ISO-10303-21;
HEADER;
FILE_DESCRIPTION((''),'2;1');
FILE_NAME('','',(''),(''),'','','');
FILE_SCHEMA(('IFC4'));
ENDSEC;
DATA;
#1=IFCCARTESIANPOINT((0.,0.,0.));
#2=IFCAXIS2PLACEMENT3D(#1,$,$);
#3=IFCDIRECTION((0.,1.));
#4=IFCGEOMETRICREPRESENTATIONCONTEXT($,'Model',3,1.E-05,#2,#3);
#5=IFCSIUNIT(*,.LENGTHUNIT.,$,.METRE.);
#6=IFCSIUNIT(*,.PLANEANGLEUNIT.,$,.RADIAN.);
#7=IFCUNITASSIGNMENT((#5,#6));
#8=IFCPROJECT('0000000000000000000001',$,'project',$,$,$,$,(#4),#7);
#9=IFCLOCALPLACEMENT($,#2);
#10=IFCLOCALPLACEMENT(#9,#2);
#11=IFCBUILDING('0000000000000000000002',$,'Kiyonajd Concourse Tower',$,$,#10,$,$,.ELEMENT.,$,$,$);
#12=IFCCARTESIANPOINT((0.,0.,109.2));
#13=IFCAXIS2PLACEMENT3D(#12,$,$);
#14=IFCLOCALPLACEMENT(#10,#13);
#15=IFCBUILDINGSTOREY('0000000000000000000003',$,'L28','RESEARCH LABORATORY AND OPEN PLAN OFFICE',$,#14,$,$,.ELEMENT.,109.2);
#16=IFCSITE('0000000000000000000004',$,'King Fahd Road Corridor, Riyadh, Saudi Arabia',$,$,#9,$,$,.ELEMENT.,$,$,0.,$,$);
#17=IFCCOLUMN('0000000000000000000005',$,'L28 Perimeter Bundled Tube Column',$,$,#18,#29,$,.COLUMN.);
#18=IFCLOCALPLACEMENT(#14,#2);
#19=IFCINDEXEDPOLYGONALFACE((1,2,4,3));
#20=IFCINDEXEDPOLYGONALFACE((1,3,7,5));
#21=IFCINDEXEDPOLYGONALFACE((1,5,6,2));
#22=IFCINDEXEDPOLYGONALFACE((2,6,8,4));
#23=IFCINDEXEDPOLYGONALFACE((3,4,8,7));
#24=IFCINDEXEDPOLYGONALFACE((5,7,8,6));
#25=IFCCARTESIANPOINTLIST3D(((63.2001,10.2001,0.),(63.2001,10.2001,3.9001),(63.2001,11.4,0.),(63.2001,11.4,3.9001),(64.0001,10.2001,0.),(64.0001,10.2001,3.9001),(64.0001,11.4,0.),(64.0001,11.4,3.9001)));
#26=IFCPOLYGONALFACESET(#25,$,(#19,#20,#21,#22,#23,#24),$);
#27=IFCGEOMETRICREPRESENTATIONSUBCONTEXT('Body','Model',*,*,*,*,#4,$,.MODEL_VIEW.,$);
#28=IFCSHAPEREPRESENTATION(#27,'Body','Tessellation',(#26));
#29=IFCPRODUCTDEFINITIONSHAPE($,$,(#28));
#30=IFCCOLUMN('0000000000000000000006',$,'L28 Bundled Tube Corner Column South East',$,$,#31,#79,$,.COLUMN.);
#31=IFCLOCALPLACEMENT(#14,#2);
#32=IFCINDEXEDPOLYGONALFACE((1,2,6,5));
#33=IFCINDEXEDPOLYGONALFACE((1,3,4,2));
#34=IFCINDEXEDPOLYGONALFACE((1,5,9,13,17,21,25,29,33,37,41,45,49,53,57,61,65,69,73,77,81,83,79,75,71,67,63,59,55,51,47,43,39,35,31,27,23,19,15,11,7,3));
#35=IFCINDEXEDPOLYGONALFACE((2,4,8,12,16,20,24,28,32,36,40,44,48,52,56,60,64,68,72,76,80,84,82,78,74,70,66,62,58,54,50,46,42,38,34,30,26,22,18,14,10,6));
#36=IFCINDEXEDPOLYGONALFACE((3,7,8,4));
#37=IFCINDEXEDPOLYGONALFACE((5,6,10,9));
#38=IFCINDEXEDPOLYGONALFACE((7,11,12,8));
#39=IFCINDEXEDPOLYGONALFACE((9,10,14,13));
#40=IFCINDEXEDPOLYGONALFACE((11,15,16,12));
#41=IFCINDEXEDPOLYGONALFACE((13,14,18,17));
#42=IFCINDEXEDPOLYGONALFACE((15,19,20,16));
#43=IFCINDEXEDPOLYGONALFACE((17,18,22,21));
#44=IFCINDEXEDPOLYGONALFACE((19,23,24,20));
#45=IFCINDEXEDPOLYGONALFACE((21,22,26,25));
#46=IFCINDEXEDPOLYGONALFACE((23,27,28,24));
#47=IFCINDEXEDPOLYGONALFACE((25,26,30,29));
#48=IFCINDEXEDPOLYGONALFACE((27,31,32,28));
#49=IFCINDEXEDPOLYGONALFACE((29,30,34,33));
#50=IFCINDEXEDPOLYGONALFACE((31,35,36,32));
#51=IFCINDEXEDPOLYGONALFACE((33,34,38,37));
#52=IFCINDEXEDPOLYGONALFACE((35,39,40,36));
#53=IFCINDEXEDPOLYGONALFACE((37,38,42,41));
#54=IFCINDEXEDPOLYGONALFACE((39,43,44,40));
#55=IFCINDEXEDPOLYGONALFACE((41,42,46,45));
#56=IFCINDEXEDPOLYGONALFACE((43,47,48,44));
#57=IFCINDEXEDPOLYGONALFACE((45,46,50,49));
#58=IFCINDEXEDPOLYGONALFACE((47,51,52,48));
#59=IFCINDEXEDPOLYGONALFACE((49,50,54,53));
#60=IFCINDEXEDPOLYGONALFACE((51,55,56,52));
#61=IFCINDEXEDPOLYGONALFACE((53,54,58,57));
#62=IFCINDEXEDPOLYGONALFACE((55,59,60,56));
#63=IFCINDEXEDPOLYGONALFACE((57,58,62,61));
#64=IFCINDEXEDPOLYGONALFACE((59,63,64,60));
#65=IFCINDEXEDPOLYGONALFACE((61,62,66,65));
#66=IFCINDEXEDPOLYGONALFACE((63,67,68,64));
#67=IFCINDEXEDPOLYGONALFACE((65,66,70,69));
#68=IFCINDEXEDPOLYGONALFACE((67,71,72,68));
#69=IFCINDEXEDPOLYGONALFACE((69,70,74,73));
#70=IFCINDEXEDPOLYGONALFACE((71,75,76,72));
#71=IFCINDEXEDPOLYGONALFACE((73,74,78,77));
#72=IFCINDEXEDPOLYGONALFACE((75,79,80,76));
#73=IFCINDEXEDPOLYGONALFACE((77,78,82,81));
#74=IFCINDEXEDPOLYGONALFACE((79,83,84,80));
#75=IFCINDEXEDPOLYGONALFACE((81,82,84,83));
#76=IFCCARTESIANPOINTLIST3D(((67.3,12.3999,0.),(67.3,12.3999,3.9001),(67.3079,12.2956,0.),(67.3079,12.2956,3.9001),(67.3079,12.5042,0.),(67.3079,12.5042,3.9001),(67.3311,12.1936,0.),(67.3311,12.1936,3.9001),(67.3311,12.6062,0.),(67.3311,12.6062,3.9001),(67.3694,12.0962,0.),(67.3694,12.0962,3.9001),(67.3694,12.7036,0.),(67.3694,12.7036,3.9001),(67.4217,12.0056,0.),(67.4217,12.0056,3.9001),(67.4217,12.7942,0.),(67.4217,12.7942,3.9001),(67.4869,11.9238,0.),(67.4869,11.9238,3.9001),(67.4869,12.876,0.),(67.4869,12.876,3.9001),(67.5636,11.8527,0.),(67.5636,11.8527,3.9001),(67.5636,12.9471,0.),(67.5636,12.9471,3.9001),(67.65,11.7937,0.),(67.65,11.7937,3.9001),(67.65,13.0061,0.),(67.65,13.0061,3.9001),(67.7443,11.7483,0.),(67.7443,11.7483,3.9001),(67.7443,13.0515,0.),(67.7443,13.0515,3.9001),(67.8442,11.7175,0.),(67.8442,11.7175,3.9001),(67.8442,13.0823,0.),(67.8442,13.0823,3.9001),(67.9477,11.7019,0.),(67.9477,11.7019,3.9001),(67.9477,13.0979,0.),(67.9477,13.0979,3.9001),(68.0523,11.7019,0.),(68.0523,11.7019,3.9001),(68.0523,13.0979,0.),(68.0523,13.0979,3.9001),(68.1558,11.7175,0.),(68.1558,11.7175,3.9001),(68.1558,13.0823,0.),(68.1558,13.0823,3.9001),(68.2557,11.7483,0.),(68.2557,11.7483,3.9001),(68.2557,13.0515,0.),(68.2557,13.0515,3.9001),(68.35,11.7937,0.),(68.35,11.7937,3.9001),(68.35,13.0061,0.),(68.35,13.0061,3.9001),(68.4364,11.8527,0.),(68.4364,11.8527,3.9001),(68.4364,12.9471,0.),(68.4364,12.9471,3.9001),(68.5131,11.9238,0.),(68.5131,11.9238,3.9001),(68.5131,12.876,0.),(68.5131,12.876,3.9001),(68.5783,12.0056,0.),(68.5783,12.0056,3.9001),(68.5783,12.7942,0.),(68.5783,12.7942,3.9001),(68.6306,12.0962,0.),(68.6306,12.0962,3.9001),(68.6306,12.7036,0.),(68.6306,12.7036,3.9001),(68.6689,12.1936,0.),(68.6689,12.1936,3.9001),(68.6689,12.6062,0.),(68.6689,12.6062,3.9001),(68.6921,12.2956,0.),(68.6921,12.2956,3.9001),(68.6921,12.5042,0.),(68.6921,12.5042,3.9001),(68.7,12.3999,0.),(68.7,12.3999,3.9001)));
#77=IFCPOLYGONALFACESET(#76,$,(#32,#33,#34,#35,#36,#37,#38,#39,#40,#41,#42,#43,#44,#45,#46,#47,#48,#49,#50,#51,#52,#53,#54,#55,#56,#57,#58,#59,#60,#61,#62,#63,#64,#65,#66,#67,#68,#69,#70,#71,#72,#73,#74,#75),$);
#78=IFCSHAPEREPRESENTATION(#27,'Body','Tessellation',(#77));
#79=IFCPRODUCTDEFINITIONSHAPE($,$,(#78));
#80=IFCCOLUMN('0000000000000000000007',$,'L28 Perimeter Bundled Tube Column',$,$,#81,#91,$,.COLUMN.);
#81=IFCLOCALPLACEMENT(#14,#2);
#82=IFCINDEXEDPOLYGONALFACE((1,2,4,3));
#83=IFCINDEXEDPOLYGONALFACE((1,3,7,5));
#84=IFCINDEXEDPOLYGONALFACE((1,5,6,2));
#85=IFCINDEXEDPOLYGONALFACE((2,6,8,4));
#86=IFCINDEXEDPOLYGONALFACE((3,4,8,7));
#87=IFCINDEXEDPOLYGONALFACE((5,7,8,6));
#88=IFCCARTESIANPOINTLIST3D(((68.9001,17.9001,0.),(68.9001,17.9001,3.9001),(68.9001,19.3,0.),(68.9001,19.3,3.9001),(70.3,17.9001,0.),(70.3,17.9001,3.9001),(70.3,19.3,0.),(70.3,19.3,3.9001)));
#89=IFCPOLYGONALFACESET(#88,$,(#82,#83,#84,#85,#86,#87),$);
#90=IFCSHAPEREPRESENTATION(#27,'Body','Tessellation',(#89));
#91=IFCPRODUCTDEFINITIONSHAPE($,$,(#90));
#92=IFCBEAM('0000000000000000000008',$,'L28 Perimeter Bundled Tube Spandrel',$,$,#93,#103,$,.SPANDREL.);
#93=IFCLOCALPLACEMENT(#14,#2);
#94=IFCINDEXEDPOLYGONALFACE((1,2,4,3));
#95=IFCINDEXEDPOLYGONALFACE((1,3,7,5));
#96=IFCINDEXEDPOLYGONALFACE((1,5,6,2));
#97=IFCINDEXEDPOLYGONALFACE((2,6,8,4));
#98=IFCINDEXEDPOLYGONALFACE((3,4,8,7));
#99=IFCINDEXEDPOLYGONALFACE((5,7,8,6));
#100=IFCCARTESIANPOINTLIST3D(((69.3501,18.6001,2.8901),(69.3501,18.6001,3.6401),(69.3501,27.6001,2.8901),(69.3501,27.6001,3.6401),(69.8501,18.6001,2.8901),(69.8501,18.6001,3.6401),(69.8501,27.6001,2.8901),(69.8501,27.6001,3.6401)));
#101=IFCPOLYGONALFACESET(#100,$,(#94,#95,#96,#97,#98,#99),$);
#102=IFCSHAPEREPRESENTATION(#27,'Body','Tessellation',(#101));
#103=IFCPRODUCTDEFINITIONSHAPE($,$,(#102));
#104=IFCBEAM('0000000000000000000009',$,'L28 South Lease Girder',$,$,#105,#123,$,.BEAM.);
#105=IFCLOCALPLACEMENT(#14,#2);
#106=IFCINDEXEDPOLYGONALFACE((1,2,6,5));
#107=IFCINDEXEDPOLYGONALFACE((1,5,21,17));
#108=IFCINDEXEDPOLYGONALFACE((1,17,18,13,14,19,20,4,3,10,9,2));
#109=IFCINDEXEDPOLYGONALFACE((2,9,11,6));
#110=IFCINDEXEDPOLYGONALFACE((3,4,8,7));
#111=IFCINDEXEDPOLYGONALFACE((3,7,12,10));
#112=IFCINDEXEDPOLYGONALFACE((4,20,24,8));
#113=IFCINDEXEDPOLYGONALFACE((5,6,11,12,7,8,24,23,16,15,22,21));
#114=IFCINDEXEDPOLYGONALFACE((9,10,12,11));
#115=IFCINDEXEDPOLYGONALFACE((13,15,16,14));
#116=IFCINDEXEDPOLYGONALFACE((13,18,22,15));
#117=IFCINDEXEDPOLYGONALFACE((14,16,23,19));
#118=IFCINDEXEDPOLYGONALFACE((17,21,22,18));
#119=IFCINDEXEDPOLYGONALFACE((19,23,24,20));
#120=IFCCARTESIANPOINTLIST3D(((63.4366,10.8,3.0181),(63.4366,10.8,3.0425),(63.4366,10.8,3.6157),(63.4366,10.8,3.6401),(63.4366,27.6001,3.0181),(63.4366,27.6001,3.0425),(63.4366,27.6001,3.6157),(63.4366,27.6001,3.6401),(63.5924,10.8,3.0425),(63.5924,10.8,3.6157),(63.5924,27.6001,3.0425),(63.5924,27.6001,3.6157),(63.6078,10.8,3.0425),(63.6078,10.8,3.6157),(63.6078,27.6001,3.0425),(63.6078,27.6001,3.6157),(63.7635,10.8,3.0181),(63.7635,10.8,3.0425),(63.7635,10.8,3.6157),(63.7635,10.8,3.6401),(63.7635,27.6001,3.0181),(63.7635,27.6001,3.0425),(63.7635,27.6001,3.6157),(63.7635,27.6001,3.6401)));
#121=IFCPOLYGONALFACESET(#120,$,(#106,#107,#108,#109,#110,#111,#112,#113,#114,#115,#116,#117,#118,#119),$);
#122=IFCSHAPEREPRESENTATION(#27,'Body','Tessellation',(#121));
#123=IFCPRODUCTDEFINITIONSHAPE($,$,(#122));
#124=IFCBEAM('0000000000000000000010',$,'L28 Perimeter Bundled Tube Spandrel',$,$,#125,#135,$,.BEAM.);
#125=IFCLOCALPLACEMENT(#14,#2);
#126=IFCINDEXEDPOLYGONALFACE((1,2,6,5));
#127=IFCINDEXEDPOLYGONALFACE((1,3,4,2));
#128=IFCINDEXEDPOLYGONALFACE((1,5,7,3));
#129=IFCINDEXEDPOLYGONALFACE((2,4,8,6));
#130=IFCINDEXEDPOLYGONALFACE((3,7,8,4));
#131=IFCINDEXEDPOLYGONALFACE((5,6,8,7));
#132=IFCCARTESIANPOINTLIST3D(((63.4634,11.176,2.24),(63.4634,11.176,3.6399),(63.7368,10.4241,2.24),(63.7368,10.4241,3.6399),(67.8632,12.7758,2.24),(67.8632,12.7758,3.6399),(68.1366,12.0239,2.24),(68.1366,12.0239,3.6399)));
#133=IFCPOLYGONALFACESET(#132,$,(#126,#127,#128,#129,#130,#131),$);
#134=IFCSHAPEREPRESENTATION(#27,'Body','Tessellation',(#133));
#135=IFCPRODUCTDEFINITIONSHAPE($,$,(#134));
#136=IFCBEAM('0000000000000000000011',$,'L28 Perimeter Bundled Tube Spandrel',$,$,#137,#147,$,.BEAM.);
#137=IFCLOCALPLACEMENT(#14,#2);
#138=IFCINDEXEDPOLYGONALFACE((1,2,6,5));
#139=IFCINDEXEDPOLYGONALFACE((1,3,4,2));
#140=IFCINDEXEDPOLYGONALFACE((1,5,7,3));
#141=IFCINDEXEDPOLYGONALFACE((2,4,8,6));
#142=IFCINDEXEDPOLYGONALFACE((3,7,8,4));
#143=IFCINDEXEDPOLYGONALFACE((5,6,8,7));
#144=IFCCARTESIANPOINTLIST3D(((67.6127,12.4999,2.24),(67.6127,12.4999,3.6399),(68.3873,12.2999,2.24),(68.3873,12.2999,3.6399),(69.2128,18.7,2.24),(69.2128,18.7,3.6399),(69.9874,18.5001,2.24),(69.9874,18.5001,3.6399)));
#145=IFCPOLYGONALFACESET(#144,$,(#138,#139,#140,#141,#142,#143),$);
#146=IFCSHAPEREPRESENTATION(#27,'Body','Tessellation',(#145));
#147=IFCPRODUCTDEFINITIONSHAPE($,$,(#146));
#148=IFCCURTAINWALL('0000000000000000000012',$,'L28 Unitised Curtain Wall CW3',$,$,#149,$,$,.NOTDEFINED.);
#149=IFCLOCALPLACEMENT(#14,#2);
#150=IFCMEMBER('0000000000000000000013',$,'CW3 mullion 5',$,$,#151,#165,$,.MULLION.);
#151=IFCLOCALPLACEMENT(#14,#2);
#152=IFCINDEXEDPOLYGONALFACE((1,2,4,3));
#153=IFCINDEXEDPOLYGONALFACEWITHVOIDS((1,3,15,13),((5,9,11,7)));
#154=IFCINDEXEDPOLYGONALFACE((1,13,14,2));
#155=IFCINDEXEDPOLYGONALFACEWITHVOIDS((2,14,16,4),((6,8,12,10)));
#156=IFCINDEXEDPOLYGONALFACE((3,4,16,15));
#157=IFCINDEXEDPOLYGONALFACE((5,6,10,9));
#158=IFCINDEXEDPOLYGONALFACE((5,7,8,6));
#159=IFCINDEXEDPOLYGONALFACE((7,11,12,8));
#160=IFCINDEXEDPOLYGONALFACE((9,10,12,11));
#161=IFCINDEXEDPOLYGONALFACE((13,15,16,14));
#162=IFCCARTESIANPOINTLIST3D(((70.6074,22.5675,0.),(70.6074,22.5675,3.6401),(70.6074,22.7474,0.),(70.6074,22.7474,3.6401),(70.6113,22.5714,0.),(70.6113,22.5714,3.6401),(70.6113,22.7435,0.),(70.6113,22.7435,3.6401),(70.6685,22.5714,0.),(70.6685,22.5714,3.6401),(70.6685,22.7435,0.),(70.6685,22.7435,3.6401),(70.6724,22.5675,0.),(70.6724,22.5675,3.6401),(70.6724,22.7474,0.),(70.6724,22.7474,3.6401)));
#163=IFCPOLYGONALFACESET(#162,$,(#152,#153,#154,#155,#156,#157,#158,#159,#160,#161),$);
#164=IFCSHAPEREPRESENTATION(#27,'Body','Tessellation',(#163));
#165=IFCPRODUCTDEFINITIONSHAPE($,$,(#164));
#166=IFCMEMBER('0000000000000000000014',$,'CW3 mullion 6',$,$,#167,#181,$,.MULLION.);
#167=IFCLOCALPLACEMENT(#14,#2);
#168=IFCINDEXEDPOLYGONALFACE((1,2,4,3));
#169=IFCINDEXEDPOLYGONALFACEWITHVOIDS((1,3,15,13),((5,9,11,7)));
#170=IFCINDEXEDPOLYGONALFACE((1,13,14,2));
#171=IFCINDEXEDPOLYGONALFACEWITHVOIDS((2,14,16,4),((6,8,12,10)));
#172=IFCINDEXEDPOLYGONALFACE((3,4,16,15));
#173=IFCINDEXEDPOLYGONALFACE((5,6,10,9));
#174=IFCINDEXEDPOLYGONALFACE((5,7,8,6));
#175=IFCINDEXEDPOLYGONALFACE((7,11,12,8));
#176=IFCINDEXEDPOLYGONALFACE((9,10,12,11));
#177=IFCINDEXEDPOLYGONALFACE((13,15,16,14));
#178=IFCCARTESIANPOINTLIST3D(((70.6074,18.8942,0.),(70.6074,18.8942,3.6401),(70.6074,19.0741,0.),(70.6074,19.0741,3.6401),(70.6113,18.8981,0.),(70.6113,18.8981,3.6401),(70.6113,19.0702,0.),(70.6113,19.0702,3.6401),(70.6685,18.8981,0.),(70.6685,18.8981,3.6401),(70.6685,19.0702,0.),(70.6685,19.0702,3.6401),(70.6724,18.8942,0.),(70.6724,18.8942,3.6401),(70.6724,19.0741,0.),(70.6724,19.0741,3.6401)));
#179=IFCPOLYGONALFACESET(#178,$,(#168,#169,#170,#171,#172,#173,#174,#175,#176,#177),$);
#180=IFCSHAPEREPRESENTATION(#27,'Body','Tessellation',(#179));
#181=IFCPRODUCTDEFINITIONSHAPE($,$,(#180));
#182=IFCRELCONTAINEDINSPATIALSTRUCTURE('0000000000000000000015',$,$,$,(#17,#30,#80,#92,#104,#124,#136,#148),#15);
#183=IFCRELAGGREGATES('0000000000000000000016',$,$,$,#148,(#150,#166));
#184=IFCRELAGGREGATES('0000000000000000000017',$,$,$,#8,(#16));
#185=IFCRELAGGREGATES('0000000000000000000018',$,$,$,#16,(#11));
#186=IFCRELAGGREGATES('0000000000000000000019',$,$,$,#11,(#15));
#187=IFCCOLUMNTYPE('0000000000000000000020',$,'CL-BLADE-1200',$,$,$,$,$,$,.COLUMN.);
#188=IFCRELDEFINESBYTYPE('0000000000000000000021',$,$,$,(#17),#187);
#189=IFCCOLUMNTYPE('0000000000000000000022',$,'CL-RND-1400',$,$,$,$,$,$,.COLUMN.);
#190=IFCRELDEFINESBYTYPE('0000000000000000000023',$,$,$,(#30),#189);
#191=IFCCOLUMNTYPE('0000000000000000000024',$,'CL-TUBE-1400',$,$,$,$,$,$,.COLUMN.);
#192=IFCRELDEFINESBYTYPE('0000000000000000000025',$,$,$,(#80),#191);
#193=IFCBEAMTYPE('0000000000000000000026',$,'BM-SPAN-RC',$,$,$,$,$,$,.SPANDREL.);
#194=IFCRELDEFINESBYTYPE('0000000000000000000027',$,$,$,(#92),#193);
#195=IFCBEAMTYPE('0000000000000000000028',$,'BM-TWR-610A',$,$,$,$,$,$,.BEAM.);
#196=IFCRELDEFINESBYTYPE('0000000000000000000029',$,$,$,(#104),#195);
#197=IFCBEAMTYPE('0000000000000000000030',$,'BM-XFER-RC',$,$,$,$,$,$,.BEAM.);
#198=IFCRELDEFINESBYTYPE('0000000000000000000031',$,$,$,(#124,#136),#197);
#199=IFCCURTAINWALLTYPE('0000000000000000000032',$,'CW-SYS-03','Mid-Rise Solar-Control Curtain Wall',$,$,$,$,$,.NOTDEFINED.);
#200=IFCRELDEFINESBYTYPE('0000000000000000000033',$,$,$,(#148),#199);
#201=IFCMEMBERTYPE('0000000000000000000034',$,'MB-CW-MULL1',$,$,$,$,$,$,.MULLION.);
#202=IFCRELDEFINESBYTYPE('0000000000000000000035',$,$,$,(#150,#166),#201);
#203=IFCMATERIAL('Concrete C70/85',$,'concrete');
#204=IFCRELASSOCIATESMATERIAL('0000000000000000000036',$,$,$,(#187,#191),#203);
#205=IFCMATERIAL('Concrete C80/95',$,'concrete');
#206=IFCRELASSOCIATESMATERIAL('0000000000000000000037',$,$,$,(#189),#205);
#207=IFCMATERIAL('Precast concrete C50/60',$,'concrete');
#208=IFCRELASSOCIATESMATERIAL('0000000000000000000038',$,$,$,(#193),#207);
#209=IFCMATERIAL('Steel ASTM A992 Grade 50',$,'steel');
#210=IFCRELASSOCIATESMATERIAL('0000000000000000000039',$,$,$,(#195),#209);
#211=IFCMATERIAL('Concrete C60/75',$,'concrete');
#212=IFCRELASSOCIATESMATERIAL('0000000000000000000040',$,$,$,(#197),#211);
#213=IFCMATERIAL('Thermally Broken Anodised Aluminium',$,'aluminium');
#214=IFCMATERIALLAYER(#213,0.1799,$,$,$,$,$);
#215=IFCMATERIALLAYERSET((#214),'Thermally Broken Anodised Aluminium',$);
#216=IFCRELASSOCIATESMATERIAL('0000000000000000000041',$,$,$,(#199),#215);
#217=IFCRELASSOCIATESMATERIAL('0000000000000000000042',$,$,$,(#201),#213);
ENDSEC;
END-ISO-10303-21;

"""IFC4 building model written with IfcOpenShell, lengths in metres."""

from ifc_helpers import new_model, si_unit, direction, frame, origin, origin_2d, place, context, subcontext, project, spatial, rectangle, hollow_rectangle, circle, i_section, extrude, material, layer, layer_set, material_profile, profile_set, type_object, element, aggregate, save


model = new_model("IFC4")

# Units and contexts
model_context = context("Model", 3, precision=1e-05, world=origin(), true_north=direction((0.0, 1.0)))
body_context = subcontext(model_context, "Body", "Model", "MODEL_VIEW")
ifc_project = project(units=[si_unit("LENGTHUNIT", "METRE"), si_unit("PLANEANGLEUNIT", "RADIAN")], contexts=[model_context])

# Site, building, storey
site_placement = place(None, origin())
site = spatial("IfcSite", under=ifc_project, at=site_placement, Name="King Fahd Road Corridor, Riyadh, Saudi Arabia", CompositionType="ELEMENT", RefElevation=0.0)
building_placement = place(site_placement, origin())
building = spatial("IfcBuilding", under=site, at=building_placement, Name="Kiyonajd Concourse Tower", CompositionType="ELEMENT")
storey_placement = place(building_placement, frame((0.0, 0.0, 109.2)))
storey = spatial("IfcBuildingStorey", under=building, at=storey_placement, Name="L28", Description="RESEARCH LABORATORY AND OPEN PLAN OFFICE", CompositionType="ELEMENT", Elevation=109.2)

# Columns
ifc_material_1 = material(Name="Concrete C70/85", Category="concrete")
ifc_material_profile_1 = material_profile(ifc_material_1, rectangle(XDim=0.8, YDim=1.2, at=origin_2d()), Name="RC-1200x800")
ifc_profile_set_1 = profile_set([ifc_material_profile_1], Name="Concrete C70/85")
column_type_1 = type_object("IfcColumnType", Name="CL-BLADE-1200", PredefinedType="COLUMN", material=ifc_profile_set_1)
column_1_placement = place(storey_placement, frame((63.6001, 10.8, 0.0), z_axis=(0.0, 0.0, 1.0), x_axis=(1.0, 0.0, 0.0)))
element("IfcColumn", 1, at=column_1_placement, inside=storey, type_object=column_type_1, Name="L28 Perimeter Bundled Tube Column", PredefinedType="COLUMN", context=body_context, shape_type="SweptSolid", body=[
    extrude(rectangle(XDim=0.8, YDim=1.2, at=origin_2d()), origin(), (0.0, 0.0, 1.0), 3.9001),
])
ifc_material_2 = material(Name="Concrete C80/95", Category="concrete")
ifc_material_profile_2 = material_profile(ifc_material_2, circle(Radius=0.7, at=origin_2d()), Name="RCC-D1400")
ifc_profile_set_2 = profile_set([ifc_material_profile_2], Name="Concrete C80/95")
column_type_2 = type_object("IfcColumnType", Name="CL-RND-1400", PredefinedType="COLUMN", material=ifc_profile_set_2)
column_2_placement = place(storey_placement, frame((68.0, 12.3999, 0.0), z_axis=(0.0, 0.0, 1.0), x_axis=(1.0, 0.0, 0.0)))
element("IfcColumn", 2, at=column_2_placement, inside=storey, type_object=column_type_2, Name="L28 Bundled Tube Corner Column South East", PredefinedType="COLUMN", context=body_context, shape_type="SweptSolid", body=[
    extrude(circle(Radius=0.7, at=origin_2d()), origin(), (0.0, 0.0, 1.0), 3.9001),
])
ifc_material_profile_3 = material_profile(ifc_material_1, rectangle(XDim=1.3999, YDim=1.3999, at=origin_2d()), Name="RC-1400x1400")
ifc_profile_set_3 = profile_set([ifc_material_profile_3], Name="Concrete C70/85")
column_type_3 = type_object("IfcColumnType", Name="CL-TUBE-1400", PredefinedType="COLUMN", material=ifc_profile_set_3)
column_3_placement = place(storey_placement, frame((69.6001, 18.6001, 0.0), z_axis=(0.0, 0.0, 1.0), x_axis=(1.0, 0.0, 0.0)))
element("IfcColumn", 3, at=column_3_placement, inside=storey, type_object=column_type_3, Name="L28 Perimeter Bundled Tube Column", PredefinedType="COLUMN", context=body_context, shape_type="SweptSolid", body=[
    extrude(rectangle(XDim=1.3999, YDim=1.3999, at=origin_2d()), origin(), (0.0, 0.0, 1.0), 3.9001),
])

# Beams
ifc_material_3 = material(Name="Precast concrete C50/60", Category="concrete")
ifc_material_profile_4 = material_profile(ifc_material_3, rectangle(XDim=0.5, YDim=0.75, at=origin_2d()), Name="RCBM-500x750")
ifc_profile_set_4 = profile_set([ifc_material_profile_4], Name="Precast concrete C50/60")
beam_type_1 = type_object("IfcBeamType", Name="BM-SPAN-RC", PredefinedType="SPANDREL", material=ifc_profile_set_4)
beam_1_placement = place(storey_placement, frame((69.6001, 18.6001, 3.2651), z_axis=(0.0, 1.0, 0.0), x_axis=(-1.0, 0.0, 0.0)))
element("IfcBeam", 4, at=beam_1_placement, inside=storey, type_object=beam_type_1, Name="L28 Perimeter Bundled Tube Spandrel", PredefinedType="SPANDREL", context=body_context, shape_type="SweptSolid", body=[
    extrude(rectangle(XDim=0.5, YDim=0.75, at=origin_2d()), origin(), (0.0, 0.0, 1.0), 9.0),
])
ifc_material_4 = material(Name="Steel ASTM A992 Grade 50", Category="steel")
ifc_material_profile_5 = material_profile(ifc_material_4, i_section(OverallWidth=0.3269, OverallDepth=0.6221, WebThickness=0.0154, FlangeThickness=0.0244, at=origin_2d()), Name="W610X195")
ifc_profile_set_5 = profile_set([ifc_material_profile_5], Name="Steel ASTM A992 Grade 50")
beam_type_2 = type_object("IfcBeamType", Name="BM-TWR-610A", PredefinedType="BEAM", material=ifc_profile_set_5)
beam_2_placement = place(storey_placement, frame((63.6001, 10.8, 3.3291), z_axis=(0.0, 1.0, 0.0), x_axis=(-1.0, 0.0, 0.0)))
element("IfcBeam", 5, at=beam_2_placement, inside=storey, type_object=beam_type_2, Name="L28 South Lease Girder", PredefinedType="BEAM", context=body_context, shape_type="SweptSolid", body=[
    extrude(i_section(OverallWidth=0.3269, OverallDepth=0.6221, WebThickness=0.0154, FlangeThickness=0.0244, at=origin_2d()), origin(), (0.0, 0.0, 1.0), 16.8),
])
ifc_material_5 = material(Name="Concrete C60/75", Category="concrete")
ifc_material_profile_6 = material_profile(ifc_material_5, rectangle(XDim=0.8, YDim=1.3999, at=origin_2d()), Name="RCBM-800x1400")
ifc_profile_set_6 = profile_set([ifc_material_profile_6], Name="Concrete C60/75")
beam_type_3 = type_object("IfcBeamType", Name="BM-XFER-RC", PredefinedType="BEAM", material=ifc_profile_set_6)
beam_3_placement = place(storey_placement, frame((63.6001, 10.8, 2.9399), z_axis=(0.939801, 0.341722, 0.0), x_axis=(-0.341722, 0.939801, 0.0)))
element("IfcBeam", 6, at=beam_3_placement, inside=storey, type_object=beam_type_3, Name="L28 Perimeter Bundled Tube Spandrel", PredefinedType="BEAM", context=body_context, shape_type="SweptSolid", body=[
    extrude(rectangle(XDim=0.8, YDim=1.3999, at=origin_2d()), origin(), (0.0, 0.0, 1.0), 4.6816),
])
beam_4_placement = place(storey_placement, frame((68.0, 12.3999, 2.9399), z_axis=(0.249885, 0.968276, 0.0), x_axis=(-0.968276, 0.249885, 0.0)))
element("IfcBeam", 7, at=beam_4_placement, inside=storey, type_object=beam_type_3, Name="L28 Perimeter Bundled Tube Spandrel", PredefinedType="BEAM", context=body_context, shape_type="SweptSolid", body=[
    extrude(rectangle(XDim=0.8, YDim=1.3999, at=origin_2d()), origin(), (0.0, 0.0, 1.0), 6.4033),
])

# Curtain wall, members
ifc_material_6 = material(Name="Thermally Broken Anodised Aluminium", Category="aluminium")
ifc_layer_1 = layer(ifc_material_6, 0.1799)
ifc_layer_set_1 = layer_set([ifc_layer_1], Name="Thermally Broken Anodised Aluminium")
curtain_wall_type = type_object("IfcCurtainWallType", Name="CW-SYS-03", Description="Mid-Rise Solar-Control Curtain Wall", PredefinedType="NOTDEFINED", material=ifc_layer_set_1)
curtain_wall_placement = place(storey_placement, origin())
curtain_wall = element("IfcCurtainWall", 8, at=curtain_wall_placement, inside=storey, type_object=curtain_wall_type, Name="L28 Unitised Curtain Wall CW3", PredefinedType="NOTDEFINED")
ifc_material_profile_7 = material_profile(ifc_material_6, hollow_rectangle(XDim=0.0649, YDim=0.1799, WallThickness=0.0039, at=origin_2d()), Name="MULL-65x180")
ifc_profile_set_7 = profile_set([ifc_material_profile_7], Name="Thermally Broken Anodised Aluminium")
member_type_1 = type_object("IfcMemberType", Name="MB-CW-MULL1", PredefinedType="MULLION", material=ifc_profile_set_7)
member_1_placement = place(storey_placement, frame((70.6399, 22.6575, 0.0), z_axis=(0.0, 0.0, 1.0), x_axis=(1.0, 0.0, 0.0)))
member_1 = element("IfcMember", 9, at=member_1_placement, type_object=member_type_1, Name="CW3 mullion 5", PredefinedType="MULLION", context=body_context, shape_type="SweptSolid", body=[
    extrude(hollow_rectangle(XDim=0.0649, YDim=0.1799, WallThickness=0.0039, at=origin_2d()), origin(), (0.0, 0.0, 1.0), 3.6401),
])
member_2_placement = place(storey_placement, frame((70.6399, 18.9841, 0.0), z_axis=(0.0, 0.0, 1.0), x_axis=(1.0, 0.0, 0.0)))
member_2 = element("IfcMember", 10, at=member_2_placement, type_object=member_type_1, Name="CW3 mullion 6", PredefinedType="MULLION", context=body_context, shape_type="SweptSolid", body=[
    extrude(hollow_rectangle(XDim=0.0649, YDim=0.1799, WallThickness=0.0039, at=origin_2d()), origin(), (0.0, 0.0, 1.0), 3.6401),
])
aggregate(curtain_wall, [member_1, member_2])

save(model, "model.ifc")
